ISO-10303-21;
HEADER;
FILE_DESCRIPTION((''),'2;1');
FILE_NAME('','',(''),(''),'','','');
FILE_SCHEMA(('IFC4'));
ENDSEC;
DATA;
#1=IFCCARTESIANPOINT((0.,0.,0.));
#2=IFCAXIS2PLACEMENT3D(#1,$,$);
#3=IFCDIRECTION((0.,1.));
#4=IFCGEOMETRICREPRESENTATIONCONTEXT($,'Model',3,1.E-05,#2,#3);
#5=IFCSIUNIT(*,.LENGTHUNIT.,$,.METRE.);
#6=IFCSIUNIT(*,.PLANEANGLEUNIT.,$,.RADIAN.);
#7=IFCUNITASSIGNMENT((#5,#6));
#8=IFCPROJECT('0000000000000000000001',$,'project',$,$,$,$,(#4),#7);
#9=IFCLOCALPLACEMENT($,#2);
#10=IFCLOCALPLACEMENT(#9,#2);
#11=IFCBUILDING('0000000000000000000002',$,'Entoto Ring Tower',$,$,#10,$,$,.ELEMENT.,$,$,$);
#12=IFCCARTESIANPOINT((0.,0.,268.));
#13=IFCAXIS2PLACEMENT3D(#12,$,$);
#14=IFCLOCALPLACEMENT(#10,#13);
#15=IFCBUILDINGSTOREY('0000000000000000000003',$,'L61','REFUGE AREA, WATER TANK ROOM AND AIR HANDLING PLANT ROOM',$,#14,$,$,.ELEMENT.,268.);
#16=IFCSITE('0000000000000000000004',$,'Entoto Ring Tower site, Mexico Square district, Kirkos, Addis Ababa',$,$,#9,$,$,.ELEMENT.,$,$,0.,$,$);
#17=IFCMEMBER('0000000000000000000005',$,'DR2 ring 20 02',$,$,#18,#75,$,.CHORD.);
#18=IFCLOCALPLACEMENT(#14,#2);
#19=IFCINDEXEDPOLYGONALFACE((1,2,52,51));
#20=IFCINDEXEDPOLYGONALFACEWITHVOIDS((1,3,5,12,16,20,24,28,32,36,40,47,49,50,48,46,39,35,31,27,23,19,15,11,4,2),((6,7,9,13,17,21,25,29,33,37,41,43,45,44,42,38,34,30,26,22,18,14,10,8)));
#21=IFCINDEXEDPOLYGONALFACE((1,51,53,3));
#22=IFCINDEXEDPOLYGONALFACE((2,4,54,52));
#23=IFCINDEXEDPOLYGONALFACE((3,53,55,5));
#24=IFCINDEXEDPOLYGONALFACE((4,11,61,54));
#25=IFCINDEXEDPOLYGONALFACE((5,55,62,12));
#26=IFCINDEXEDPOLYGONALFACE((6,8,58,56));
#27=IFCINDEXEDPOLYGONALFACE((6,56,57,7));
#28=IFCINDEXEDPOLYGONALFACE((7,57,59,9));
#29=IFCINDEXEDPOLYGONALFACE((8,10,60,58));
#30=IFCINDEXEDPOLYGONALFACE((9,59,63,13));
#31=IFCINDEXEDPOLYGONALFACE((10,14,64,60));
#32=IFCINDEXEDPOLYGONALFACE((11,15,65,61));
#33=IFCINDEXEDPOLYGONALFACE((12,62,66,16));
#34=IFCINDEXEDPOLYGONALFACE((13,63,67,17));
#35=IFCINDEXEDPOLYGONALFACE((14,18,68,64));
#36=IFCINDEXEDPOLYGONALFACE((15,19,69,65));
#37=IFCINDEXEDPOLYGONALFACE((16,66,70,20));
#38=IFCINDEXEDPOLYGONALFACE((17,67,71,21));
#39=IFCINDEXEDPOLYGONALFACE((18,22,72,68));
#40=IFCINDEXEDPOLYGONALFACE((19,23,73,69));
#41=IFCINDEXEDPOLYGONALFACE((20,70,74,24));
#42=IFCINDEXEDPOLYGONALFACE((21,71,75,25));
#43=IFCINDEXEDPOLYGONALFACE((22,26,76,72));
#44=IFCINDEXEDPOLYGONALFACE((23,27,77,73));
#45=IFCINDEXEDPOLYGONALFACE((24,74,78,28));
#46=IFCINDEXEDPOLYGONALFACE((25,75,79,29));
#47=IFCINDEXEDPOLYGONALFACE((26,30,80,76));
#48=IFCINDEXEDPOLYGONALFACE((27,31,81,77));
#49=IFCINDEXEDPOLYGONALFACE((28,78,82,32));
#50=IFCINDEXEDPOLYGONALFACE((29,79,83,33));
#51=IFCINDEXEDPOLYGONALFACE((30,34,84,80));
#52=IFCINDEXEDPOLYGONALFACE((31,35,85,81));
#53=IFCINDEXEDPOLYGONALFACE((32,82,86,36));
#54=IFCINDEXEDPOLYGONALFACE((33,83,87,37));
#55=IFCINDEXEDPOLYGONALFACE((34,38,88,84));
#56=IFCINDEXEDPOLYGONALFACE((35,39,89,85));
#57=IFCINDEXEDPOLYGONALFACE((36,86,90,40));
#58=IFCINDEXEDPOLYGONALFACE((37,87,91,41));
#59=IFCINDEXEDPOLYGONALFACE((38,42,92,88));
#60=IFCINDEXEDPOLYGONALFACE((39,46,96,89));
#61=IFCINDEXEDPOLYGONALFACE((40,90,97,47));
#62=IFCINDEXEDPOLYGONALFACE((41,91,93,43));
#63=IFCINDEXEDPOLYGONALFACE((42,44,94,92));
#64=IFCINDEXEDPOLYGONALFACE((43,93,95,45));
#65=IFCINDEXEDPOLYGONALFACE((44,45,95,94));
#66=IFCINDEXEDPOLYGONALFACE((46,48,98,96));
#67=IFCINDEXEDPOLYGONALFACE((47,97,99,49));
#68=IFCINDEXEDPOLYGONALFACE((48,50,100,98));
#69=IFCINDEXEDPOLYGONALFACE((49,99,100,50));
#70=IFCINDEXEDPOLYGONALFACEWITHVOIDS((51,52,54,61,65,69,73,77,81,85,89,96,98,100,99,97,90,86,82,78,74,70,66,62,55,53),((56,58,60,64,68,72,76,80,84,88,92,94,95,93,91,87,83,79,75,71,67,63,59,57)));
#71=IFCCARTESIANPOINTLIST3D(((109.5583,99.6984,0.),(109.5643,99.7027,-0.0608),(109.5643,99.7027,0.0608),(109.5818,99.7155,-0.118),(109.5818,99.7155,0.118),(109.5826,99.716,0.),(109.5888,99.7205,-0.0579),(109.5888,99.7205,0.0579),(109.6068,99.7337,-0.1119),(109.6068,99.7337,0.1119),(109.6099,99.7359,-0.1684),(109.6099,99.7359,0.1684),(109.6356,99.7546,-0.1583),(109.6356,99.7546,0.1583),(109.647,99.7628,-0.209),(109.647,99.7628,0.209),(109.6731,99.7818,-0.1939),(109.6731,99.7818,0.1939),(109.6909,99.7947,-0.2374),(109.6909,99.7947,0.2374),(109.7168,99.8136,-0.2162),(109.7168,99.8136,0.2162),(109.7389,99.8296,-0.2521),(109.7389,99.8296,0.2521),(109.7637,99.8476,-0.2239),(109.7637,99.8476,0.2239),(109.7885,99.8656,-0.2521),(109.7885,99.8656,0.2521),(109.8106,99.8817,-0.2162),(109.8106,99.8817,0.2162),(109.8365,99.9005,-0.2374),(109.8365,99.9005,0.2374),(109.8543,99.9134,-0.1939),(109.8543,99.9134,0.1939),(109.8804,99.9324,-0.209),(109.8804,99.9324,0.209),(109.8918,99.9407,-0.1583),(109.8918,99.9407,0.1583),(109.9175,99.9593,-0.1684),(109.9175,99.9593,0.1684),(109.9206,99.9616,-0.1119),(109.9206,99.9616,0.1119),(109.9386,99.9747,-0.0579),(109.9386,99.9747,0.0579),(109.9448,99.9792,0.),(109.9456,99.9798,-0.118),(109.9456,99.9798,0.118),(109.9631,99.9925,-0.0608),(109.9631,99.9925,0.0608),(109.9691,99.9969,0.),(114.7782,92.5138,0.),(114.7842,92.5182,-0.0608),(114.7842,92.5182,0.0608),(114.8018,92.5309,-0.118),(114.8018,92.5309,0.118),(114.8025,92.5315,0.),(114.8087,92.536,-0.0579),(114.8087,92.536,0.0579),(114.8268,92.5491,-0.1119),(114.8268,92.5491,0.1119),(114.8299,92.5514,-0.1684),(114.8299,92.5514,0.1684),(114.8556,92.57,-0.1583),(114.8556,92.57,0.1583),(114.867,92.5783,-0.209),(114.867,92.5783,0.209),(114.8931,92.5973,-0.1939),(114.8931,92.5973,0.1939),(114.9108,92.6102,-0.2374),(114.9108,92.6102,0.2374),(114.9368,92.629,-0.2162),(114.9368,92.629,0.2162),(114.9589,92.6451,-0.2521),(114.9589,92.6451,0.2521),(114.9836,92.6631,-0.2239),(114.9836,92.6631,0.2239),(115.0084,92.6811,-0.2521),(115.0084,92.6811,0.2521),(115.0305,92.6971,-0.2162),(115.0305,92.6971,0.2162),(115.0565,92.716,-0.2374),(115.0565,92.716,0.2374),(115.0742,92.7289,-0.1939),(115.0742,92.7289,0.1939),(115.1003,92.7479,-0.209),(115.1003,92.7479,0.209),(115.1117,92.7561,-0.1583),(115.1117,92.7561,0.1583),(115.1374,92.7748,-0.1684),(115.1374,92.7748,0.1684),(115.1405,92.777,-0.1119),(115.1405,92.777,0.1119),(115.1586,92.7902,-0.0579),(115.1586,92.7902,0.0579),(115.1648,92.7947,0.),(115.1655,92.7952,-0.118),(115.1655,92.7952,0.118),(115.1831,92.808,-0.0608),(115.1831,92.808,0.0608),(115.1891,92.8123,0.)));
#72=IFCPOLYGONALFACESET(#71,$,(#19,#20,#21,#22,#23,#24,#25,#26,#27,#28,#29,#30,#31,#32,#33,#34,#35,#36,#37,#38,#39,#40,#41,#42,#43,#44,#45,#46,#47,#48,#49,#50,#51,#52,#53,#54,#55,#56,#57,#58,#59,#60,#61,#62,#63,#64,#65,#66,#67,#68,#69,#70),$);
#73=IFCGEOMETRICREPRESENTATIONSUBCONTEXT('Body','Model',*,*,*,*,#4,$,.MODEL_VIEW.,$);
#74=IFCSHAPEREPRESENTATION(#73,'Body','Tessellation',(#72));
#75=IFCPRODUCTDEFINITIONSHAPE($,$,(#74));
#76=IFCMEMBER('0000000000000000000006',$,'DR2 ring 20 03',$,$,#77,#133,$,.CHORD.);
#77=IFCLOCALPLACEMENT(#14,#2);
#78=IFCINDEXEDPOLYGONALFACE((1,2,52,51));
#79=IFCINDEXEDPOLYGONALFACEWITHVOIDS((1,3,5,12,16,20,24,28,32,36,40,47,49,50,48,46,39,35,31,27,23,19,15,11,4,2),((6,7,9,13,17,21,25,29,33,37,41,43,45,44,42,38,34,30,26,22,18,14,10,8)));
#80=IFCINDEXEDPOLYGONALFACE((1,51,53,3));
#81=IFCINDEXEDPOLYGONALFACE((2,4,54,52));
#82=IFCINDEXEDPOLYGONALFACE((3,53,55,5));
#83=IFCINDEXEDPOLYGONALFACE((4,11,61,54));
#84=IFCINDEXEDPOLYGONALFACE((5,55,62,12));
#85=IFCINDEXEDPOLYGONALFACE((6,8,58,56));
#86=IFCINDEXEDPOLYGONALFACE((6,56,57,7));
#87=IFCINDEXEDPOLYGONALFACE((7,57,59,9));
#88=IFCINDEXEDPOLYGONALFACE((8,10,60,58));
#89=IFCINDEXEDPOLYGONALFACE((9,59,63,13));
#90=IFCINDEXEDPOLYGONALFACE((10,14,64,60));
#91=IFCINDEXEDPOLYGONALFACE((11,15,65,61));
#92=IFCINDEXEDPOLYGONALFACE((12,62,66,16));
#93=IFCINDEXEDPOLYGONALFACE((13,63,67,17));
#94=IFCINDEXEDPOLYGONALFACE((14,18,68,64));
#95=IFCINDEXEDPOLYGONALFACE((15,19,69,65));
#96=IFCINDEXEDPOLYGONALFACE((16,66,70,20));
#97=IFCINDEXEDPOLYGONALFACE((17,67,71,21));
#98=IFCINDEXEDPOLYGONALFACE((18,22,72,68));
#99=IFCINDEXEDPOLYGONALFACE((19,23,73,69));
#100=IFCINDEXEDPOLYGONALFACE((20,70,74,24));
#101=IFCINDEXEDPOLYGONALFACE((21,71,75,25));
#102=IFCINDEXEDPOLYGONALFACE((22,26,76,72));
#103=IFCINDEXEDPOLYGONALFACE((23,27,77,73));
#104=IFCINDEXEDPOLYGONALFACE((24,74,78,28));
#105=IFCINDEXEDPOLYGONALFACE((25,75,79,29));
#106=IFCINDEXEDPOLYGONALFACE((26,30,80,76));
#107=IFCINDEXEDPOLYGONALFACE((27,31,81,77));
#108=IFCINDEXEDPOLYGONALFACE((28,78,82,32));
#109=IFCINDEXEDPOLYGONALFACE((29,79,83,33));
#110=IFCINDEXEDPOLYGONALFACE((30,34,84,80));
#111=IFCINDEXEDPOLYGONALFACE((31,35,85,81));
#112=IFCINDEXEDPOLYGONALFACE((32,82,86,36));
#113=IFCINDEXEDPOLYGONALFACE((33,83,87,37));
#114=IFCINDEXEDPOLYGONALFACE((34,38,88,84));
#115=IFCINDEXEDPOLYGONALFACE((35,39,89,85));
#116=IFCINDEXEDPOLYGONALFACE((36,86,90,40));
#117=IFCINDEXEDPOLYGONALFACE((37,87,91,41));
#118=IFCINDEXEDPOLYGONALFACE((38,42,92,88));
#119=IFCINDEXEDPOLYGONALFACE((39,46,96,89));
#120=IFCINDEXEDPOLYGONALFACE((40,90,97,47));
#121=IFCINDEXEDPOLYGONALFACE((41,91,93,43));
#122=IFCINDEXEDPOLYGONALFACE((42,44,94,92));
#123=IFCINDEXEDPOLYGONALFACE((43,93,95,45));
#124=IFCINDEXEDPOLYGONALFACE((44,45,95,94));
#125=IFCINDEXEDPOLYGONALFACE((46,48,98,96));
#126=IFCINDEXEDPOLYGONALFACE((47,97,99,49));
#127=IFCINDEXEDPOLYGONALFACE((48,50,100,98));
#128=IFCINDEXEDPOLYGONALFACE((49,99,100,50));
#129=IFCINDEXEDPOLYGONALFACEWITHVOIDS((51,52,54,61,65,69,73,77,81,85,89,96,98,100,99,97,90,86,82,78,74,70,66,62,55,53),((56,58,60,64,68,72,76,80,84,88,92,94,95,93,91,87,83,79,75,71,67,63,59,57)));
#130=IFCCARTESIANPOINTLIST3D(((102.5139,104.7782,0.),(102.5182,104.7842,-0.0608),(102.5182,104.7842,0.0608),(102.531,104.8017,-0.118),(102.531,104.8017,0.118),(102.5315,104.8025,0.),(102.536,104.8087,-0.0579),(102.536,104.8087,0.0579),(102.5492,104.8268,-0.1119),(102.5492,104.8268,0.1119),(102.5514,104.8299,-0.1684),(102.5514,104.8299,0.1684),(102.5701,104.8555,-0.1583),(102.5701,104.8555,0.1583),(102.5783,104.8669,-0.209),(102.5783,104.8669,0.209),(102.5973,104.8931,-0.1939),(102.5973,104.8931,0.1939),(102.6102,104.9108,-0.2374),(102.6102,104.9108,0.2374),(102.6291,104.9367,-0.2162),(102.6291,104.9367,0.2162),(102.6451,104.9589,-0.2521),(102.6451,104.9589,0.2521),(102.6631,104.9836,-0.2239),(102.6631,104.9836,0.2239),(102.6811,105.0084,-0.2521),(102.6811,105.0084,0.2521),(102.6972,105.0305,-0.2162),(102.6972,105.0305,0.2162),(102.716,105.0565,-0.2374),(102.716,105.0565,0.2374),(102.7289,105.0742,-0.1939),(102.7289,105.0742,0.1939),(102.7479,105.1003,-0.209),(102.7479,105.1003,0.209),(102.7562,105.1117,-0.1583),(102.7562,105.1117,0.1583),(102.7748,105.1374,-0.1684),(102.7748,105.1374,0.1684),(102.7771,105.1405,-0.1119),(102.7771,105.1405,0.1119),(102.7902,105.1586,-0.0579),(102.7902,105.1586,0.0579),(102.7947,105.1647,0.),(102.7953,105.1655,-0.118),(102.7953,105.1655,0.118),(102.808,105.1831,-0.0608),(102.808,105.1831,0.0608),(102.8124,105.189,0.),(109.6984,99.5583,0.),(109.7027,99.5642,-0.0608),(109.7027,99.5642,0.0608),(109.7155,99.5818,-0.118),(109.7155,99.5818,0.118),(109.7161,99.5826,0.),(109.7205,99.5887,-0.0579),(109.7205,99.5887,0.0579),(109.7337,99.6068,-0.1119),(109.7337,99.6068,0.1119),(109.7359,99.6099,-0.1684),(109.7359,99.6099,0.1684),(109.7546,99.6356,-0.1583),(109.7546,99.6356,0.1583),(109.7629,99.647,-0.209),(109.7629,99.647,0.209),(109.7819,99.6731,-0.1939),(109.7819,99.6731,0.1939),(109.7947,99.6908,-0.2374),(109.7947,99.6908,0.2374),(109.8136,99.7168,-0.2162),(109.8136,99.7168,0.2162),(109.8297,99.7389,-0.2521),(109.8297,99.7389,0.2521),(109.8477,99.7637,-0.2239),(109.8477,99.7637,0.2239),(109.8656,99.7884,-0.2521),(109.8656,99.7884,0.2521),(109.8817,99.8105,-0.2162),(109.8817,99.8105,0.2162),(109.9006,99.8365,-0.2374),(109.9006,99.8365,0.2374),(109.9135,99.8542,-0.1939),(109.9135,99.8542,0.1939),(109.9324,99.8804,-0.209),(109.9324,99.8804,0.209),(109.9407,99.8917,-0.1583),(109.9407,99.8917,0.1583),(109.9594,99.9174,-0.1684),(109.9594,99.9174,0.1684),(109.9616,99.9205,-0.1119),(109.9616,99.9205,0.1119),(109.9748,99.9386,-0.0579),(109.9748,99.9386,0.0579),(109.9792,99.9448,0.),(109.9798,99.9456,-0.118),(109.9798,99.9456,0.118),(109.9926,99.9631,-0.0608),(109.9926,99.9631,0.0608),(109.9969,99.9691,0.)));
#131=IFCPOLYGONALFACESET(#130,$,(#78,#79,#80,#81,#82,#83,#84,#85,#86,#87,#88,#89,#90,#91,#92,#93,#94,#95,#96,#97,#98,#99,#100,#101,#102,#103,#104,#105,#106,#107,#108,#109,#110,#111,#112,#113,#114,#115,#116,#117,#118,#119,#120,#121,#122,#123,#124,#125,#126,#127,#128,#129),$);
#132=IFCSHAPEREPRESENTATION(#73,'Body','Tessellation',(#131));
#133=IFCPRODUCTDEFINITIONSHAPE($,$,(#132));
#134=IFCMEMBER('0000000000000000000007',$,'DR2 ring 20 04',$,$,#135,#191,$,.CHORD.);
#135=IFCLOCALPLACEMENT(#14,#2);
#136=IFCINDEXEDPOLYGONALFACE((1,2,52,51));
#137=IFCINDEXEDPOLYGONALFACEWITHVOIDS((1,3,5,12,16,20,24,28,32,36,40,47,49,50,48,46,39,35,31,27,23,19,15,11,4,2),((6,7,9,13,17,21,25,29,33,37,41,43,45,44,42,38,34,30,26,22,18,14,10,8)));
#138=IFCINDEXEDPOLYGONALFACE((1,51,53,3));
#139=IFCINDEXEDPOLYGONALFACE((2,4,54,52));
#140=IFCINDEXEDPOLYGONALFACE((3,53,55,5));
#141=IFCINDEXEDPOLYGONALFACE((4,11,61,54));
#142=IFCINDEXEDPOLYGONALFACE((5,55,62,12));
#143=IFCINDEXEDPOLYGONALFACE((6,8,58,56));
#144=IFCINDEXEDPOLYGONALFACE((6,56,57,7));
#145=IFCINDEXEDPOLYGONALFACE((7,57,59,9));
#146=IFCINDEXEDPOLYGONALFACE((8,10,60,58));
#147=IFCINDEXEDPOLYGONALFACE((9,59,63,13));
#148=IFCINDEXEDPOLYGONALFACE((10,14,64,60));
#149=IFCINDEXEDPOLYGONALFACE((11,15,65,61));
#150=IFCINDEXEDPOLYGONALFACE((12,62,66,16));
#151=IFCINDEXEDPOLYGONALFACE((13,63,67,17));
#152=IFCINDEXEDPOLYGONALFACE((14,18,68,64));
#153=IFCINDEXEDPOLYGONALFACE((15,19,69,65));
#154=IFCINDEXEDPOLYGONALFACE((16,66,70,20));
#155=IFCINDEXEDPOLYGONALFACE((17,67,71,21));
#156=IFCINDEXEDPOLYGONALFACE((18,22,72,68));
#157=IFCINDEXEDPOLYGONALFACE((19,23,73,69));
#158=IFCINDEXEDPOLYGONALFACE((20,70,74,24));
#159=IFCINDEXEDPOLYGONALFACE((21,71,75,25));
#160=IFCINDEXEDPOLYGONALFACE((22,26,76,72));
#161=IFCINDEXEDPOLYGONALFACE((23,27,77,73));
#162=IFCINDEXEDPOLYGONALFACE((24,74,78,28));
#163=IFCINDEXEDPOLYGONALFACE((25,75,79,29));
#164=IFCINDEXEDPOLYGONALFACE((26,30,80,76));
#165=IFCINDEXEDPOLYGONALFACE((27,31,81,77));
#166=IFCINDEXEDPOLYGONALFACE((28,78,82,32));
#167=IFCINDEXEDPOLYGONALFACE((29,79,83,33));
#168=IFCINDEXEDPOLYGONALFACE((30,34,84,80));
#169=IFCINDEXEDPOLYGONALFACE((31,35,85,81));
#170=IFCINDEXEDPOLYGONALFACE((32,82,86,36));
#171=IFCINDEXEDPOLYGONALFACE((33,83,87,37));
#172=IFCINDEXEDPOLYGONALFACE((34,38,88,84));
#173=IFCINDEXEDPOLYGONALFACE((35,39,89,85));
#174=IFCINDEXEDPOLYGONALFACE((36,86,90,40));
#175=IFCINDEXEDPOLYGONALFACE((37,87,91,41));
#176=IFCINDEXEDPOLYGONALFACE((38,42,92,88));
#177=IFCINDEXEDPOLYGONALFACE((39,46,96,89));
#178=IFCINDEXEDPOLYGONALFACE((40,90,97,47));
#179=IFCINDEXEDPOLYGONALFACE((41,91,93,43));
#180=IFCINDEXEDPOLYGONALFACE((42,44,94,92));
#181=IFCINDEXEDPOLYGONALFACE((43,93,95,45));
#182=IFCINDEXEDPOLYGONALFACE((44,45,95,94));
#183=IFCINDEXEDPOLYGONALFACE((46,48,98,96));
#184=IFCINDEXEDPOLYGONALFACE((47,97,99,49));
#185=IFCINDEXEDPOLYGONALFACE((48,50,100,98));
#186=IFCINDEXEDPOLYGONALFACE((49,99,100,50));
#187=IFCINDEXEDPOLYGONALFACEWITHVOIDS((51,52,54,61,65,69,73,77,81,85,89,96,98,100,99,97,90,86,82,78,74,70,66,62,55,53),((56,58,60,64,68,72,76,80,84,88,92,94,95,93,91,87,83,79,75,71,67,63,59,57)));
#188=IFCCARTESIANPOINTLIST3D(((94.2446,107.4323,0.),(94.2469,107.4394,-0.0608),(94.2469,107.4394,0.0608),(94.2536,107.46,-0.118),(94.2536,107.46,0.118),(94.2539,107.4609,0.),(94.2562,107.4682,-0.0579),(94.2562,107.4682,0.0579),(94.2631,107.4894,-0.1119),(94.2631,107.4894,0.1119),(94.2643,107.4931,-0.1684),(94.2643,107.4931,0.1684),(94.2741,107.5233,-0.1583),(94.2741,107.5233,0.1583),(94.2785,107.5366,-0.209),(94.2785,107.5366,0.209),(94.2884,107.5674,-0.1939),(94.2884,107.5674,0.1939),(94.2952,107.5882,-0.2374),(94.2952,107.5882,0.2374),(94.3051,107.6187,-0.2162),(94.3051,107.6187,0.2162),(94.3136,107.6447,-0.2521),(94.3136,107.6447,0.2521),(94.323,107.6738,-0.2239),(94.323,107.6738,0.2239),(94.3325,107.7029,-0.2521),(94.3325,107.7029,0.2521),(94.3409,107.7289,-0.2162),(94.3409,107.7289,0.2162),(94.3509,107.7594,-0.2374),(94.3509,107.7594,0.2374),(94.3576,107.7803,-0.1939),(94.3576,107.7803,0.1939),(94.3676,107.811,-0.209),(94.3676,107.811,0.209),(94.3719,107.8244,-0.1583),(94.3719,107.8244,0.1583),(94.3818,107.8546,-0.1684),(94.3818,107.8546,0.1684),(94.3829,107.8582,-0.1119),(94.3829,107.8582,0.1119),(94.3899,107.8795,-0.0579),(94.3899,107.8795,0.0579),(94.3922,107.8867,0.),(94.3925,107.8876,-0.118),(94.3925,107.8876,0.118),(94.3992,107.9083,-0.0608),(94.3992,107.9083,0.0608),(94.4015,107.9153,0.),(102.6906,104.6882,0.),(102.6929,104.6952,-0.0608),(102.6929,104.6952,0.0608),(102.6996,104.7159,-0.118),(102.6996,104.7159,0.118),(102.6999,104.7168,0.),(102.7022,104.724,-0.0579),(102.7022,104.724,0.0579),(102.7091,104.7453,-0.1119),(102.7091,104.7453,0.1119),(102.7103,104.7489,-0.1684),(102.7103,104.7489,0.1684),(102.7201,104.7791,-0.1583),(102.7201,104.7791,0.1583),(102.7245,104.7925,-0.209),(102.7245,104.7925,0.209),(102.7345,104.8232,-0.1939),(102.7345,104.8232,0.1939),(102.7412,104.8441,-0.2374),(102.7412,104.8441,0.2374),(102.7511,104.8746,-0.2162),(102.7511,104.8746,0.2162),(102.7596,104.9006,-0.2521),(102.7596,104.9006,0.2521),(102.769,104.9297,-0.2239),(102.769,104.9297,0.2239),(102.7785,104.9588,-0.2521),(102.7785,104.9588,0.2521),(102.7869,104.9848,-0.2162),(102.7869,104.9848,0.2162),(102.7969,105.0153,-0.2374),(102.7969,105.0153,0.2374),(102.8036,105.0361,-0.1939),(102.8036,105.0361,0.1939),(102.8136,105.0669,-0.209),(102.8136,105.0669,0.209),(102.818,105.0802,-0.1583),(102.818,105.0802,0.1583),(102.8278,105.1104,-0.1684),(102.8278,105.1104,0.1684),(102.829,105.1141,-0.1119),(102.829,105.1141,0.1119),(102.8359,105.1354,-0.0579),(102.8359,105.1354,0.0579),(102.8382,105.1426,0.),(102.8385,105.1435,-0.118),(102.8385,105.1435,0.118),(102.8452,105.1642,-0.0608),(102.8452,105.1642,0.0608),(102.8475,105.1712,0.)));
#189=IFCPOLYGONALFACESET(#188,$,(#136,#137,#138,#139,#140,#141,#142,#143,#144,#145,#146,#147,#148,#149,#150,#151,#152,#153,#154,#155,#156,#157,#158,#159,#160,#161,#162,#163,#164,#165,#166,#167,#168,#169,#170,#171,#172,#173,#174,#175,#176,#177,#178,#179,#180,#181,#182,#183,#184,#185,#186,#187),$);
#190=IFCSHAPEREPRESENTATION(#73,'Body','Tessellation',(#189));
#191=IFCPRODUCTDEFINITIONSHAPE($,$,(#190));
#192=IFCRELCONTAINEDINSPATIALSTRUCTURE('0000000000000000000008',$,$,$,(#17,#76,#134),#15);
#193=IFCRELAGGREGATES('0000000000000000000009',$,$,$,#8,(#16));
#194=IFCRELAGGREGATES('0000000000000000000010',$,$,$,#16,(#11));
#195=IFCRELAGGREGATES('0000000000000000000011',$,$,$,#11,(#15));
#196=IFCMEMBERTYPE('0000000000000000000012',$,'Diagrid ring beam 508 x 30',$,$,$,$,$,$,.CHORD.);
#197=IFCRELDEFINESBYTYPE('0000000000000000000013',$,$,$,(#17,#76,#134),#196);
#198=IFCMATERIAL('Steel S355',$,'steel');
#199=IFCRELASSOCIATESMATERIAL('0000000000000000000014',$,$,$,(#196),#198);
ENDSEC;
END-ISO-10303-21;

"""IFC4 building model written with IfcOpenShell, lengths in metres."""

from ifc_helpers import new_model, si_unit, direction, frame, origin, origin_2d, place, context, subcontext, project, spatial, circle, hollow_circle, extrude, material, material_profile, profile_set, type_object, element, save


model = new_model("IFC4")

# Units and contexts
model_context = context("Model", 3, precision=1e-05, world=origin(), true_north=direction((0.0, 1.0)))
body_context = subcontext(model_context, "Body", "Model", "MODEL_VIEW")
ifc_project = project(units=[si_unit("LENGTHUNIT", "METRE"), si_unit("PLANEANGLEUNIT", "RADIAN")], contexts=[model_context])

# Site, building, storey
site_placement = place(None, origin())
site = spatial("IfcSite", under=ifc_project, at=site_placement, Name="Entoto Ring Tower site, Mexico Square district, Kirkos, Addis Ababa", CompositionType="ELEMENT", RefElevation=0.0)
building_placement = place(site_placement, origin())
building = spatial("IfcBuilding", under=site, at=building_placement, Name="Entoto Ring Tower", CompositionType="ELEMENT")
storey_placement = place(building_placement, frame((0.0, 0.0, 268.0)))
storey = spatial("IfcBuildingStorey", under=building, at=storey_placement, Name="L61", Description="REFUGE AREA, WATER TANK ROOM AND AIR HANDLING PLANT ROOM", CompositionType="ELEMENT", Elevation=268.0)

# Members
ifc_material_1 = material(Name="Steel S355", Category="steel")
ifc_material_profile_1 = material_profile(ifc_material_1, hollow_circle(Radius=0.2539, WallThickness=0.03, at=origin_2d()), Name="CHS 508 x 30")
ifc_material_2 = material(Name="Concrete C60/75", Category="concrete")
ifc_material_profile_2 = material_profile(ifc_material_2, circle(Radius=0.2241, at=origin_2d()), Name="Concrete C60/75 infill")
ifc_profile_set_1 = profile_set([ifc_material_profile_1, ifc_material_profile_2], Name="Steel S355")
member_type_1 = type_object("IfcMemberType", Name="Diagrid ring beam 508 x 30", PredefinedType="CHORD", material=ifc_profile_set_1)
for number, where, z_axis, x_axis, name in (
    (1, (114.9836, 92.6631, 0.0), (-0.587791, 0.809013, 0.0), (-0.809013, -0.587791, 0.0), "DR2 ring 20 02"),
    (2, (109.8477, 99.7637, 0.0), (-0.809013, 0.587791, 0.0), (-0.587791, -0.809013, 0.0), "DR2 ring 20 03"),
    (3, (102.769, 104.9297, 0.0), (-0.951061, 0.309002, 0.0), (-0.309002, -0.951061, 0.0), "DR2 ring 20 04"),
):
    element("IfcMember", number, at=place(storey_placement, frame(where, z_axis=z_axis, x_axis=x_axis)), inside=storey, type_object=member_type_1, Name=name, PredefinedType="CHORD", context=body_context, shape_type="SweptSolid", body=[
        extrude(hollow_circle(Radius=0.2539, WallThickness=0.03, at=origin_2d()), origin(), (0.0, 0.0, 1.0), 8.8806),
    ])

save(model, "model.ifc")
